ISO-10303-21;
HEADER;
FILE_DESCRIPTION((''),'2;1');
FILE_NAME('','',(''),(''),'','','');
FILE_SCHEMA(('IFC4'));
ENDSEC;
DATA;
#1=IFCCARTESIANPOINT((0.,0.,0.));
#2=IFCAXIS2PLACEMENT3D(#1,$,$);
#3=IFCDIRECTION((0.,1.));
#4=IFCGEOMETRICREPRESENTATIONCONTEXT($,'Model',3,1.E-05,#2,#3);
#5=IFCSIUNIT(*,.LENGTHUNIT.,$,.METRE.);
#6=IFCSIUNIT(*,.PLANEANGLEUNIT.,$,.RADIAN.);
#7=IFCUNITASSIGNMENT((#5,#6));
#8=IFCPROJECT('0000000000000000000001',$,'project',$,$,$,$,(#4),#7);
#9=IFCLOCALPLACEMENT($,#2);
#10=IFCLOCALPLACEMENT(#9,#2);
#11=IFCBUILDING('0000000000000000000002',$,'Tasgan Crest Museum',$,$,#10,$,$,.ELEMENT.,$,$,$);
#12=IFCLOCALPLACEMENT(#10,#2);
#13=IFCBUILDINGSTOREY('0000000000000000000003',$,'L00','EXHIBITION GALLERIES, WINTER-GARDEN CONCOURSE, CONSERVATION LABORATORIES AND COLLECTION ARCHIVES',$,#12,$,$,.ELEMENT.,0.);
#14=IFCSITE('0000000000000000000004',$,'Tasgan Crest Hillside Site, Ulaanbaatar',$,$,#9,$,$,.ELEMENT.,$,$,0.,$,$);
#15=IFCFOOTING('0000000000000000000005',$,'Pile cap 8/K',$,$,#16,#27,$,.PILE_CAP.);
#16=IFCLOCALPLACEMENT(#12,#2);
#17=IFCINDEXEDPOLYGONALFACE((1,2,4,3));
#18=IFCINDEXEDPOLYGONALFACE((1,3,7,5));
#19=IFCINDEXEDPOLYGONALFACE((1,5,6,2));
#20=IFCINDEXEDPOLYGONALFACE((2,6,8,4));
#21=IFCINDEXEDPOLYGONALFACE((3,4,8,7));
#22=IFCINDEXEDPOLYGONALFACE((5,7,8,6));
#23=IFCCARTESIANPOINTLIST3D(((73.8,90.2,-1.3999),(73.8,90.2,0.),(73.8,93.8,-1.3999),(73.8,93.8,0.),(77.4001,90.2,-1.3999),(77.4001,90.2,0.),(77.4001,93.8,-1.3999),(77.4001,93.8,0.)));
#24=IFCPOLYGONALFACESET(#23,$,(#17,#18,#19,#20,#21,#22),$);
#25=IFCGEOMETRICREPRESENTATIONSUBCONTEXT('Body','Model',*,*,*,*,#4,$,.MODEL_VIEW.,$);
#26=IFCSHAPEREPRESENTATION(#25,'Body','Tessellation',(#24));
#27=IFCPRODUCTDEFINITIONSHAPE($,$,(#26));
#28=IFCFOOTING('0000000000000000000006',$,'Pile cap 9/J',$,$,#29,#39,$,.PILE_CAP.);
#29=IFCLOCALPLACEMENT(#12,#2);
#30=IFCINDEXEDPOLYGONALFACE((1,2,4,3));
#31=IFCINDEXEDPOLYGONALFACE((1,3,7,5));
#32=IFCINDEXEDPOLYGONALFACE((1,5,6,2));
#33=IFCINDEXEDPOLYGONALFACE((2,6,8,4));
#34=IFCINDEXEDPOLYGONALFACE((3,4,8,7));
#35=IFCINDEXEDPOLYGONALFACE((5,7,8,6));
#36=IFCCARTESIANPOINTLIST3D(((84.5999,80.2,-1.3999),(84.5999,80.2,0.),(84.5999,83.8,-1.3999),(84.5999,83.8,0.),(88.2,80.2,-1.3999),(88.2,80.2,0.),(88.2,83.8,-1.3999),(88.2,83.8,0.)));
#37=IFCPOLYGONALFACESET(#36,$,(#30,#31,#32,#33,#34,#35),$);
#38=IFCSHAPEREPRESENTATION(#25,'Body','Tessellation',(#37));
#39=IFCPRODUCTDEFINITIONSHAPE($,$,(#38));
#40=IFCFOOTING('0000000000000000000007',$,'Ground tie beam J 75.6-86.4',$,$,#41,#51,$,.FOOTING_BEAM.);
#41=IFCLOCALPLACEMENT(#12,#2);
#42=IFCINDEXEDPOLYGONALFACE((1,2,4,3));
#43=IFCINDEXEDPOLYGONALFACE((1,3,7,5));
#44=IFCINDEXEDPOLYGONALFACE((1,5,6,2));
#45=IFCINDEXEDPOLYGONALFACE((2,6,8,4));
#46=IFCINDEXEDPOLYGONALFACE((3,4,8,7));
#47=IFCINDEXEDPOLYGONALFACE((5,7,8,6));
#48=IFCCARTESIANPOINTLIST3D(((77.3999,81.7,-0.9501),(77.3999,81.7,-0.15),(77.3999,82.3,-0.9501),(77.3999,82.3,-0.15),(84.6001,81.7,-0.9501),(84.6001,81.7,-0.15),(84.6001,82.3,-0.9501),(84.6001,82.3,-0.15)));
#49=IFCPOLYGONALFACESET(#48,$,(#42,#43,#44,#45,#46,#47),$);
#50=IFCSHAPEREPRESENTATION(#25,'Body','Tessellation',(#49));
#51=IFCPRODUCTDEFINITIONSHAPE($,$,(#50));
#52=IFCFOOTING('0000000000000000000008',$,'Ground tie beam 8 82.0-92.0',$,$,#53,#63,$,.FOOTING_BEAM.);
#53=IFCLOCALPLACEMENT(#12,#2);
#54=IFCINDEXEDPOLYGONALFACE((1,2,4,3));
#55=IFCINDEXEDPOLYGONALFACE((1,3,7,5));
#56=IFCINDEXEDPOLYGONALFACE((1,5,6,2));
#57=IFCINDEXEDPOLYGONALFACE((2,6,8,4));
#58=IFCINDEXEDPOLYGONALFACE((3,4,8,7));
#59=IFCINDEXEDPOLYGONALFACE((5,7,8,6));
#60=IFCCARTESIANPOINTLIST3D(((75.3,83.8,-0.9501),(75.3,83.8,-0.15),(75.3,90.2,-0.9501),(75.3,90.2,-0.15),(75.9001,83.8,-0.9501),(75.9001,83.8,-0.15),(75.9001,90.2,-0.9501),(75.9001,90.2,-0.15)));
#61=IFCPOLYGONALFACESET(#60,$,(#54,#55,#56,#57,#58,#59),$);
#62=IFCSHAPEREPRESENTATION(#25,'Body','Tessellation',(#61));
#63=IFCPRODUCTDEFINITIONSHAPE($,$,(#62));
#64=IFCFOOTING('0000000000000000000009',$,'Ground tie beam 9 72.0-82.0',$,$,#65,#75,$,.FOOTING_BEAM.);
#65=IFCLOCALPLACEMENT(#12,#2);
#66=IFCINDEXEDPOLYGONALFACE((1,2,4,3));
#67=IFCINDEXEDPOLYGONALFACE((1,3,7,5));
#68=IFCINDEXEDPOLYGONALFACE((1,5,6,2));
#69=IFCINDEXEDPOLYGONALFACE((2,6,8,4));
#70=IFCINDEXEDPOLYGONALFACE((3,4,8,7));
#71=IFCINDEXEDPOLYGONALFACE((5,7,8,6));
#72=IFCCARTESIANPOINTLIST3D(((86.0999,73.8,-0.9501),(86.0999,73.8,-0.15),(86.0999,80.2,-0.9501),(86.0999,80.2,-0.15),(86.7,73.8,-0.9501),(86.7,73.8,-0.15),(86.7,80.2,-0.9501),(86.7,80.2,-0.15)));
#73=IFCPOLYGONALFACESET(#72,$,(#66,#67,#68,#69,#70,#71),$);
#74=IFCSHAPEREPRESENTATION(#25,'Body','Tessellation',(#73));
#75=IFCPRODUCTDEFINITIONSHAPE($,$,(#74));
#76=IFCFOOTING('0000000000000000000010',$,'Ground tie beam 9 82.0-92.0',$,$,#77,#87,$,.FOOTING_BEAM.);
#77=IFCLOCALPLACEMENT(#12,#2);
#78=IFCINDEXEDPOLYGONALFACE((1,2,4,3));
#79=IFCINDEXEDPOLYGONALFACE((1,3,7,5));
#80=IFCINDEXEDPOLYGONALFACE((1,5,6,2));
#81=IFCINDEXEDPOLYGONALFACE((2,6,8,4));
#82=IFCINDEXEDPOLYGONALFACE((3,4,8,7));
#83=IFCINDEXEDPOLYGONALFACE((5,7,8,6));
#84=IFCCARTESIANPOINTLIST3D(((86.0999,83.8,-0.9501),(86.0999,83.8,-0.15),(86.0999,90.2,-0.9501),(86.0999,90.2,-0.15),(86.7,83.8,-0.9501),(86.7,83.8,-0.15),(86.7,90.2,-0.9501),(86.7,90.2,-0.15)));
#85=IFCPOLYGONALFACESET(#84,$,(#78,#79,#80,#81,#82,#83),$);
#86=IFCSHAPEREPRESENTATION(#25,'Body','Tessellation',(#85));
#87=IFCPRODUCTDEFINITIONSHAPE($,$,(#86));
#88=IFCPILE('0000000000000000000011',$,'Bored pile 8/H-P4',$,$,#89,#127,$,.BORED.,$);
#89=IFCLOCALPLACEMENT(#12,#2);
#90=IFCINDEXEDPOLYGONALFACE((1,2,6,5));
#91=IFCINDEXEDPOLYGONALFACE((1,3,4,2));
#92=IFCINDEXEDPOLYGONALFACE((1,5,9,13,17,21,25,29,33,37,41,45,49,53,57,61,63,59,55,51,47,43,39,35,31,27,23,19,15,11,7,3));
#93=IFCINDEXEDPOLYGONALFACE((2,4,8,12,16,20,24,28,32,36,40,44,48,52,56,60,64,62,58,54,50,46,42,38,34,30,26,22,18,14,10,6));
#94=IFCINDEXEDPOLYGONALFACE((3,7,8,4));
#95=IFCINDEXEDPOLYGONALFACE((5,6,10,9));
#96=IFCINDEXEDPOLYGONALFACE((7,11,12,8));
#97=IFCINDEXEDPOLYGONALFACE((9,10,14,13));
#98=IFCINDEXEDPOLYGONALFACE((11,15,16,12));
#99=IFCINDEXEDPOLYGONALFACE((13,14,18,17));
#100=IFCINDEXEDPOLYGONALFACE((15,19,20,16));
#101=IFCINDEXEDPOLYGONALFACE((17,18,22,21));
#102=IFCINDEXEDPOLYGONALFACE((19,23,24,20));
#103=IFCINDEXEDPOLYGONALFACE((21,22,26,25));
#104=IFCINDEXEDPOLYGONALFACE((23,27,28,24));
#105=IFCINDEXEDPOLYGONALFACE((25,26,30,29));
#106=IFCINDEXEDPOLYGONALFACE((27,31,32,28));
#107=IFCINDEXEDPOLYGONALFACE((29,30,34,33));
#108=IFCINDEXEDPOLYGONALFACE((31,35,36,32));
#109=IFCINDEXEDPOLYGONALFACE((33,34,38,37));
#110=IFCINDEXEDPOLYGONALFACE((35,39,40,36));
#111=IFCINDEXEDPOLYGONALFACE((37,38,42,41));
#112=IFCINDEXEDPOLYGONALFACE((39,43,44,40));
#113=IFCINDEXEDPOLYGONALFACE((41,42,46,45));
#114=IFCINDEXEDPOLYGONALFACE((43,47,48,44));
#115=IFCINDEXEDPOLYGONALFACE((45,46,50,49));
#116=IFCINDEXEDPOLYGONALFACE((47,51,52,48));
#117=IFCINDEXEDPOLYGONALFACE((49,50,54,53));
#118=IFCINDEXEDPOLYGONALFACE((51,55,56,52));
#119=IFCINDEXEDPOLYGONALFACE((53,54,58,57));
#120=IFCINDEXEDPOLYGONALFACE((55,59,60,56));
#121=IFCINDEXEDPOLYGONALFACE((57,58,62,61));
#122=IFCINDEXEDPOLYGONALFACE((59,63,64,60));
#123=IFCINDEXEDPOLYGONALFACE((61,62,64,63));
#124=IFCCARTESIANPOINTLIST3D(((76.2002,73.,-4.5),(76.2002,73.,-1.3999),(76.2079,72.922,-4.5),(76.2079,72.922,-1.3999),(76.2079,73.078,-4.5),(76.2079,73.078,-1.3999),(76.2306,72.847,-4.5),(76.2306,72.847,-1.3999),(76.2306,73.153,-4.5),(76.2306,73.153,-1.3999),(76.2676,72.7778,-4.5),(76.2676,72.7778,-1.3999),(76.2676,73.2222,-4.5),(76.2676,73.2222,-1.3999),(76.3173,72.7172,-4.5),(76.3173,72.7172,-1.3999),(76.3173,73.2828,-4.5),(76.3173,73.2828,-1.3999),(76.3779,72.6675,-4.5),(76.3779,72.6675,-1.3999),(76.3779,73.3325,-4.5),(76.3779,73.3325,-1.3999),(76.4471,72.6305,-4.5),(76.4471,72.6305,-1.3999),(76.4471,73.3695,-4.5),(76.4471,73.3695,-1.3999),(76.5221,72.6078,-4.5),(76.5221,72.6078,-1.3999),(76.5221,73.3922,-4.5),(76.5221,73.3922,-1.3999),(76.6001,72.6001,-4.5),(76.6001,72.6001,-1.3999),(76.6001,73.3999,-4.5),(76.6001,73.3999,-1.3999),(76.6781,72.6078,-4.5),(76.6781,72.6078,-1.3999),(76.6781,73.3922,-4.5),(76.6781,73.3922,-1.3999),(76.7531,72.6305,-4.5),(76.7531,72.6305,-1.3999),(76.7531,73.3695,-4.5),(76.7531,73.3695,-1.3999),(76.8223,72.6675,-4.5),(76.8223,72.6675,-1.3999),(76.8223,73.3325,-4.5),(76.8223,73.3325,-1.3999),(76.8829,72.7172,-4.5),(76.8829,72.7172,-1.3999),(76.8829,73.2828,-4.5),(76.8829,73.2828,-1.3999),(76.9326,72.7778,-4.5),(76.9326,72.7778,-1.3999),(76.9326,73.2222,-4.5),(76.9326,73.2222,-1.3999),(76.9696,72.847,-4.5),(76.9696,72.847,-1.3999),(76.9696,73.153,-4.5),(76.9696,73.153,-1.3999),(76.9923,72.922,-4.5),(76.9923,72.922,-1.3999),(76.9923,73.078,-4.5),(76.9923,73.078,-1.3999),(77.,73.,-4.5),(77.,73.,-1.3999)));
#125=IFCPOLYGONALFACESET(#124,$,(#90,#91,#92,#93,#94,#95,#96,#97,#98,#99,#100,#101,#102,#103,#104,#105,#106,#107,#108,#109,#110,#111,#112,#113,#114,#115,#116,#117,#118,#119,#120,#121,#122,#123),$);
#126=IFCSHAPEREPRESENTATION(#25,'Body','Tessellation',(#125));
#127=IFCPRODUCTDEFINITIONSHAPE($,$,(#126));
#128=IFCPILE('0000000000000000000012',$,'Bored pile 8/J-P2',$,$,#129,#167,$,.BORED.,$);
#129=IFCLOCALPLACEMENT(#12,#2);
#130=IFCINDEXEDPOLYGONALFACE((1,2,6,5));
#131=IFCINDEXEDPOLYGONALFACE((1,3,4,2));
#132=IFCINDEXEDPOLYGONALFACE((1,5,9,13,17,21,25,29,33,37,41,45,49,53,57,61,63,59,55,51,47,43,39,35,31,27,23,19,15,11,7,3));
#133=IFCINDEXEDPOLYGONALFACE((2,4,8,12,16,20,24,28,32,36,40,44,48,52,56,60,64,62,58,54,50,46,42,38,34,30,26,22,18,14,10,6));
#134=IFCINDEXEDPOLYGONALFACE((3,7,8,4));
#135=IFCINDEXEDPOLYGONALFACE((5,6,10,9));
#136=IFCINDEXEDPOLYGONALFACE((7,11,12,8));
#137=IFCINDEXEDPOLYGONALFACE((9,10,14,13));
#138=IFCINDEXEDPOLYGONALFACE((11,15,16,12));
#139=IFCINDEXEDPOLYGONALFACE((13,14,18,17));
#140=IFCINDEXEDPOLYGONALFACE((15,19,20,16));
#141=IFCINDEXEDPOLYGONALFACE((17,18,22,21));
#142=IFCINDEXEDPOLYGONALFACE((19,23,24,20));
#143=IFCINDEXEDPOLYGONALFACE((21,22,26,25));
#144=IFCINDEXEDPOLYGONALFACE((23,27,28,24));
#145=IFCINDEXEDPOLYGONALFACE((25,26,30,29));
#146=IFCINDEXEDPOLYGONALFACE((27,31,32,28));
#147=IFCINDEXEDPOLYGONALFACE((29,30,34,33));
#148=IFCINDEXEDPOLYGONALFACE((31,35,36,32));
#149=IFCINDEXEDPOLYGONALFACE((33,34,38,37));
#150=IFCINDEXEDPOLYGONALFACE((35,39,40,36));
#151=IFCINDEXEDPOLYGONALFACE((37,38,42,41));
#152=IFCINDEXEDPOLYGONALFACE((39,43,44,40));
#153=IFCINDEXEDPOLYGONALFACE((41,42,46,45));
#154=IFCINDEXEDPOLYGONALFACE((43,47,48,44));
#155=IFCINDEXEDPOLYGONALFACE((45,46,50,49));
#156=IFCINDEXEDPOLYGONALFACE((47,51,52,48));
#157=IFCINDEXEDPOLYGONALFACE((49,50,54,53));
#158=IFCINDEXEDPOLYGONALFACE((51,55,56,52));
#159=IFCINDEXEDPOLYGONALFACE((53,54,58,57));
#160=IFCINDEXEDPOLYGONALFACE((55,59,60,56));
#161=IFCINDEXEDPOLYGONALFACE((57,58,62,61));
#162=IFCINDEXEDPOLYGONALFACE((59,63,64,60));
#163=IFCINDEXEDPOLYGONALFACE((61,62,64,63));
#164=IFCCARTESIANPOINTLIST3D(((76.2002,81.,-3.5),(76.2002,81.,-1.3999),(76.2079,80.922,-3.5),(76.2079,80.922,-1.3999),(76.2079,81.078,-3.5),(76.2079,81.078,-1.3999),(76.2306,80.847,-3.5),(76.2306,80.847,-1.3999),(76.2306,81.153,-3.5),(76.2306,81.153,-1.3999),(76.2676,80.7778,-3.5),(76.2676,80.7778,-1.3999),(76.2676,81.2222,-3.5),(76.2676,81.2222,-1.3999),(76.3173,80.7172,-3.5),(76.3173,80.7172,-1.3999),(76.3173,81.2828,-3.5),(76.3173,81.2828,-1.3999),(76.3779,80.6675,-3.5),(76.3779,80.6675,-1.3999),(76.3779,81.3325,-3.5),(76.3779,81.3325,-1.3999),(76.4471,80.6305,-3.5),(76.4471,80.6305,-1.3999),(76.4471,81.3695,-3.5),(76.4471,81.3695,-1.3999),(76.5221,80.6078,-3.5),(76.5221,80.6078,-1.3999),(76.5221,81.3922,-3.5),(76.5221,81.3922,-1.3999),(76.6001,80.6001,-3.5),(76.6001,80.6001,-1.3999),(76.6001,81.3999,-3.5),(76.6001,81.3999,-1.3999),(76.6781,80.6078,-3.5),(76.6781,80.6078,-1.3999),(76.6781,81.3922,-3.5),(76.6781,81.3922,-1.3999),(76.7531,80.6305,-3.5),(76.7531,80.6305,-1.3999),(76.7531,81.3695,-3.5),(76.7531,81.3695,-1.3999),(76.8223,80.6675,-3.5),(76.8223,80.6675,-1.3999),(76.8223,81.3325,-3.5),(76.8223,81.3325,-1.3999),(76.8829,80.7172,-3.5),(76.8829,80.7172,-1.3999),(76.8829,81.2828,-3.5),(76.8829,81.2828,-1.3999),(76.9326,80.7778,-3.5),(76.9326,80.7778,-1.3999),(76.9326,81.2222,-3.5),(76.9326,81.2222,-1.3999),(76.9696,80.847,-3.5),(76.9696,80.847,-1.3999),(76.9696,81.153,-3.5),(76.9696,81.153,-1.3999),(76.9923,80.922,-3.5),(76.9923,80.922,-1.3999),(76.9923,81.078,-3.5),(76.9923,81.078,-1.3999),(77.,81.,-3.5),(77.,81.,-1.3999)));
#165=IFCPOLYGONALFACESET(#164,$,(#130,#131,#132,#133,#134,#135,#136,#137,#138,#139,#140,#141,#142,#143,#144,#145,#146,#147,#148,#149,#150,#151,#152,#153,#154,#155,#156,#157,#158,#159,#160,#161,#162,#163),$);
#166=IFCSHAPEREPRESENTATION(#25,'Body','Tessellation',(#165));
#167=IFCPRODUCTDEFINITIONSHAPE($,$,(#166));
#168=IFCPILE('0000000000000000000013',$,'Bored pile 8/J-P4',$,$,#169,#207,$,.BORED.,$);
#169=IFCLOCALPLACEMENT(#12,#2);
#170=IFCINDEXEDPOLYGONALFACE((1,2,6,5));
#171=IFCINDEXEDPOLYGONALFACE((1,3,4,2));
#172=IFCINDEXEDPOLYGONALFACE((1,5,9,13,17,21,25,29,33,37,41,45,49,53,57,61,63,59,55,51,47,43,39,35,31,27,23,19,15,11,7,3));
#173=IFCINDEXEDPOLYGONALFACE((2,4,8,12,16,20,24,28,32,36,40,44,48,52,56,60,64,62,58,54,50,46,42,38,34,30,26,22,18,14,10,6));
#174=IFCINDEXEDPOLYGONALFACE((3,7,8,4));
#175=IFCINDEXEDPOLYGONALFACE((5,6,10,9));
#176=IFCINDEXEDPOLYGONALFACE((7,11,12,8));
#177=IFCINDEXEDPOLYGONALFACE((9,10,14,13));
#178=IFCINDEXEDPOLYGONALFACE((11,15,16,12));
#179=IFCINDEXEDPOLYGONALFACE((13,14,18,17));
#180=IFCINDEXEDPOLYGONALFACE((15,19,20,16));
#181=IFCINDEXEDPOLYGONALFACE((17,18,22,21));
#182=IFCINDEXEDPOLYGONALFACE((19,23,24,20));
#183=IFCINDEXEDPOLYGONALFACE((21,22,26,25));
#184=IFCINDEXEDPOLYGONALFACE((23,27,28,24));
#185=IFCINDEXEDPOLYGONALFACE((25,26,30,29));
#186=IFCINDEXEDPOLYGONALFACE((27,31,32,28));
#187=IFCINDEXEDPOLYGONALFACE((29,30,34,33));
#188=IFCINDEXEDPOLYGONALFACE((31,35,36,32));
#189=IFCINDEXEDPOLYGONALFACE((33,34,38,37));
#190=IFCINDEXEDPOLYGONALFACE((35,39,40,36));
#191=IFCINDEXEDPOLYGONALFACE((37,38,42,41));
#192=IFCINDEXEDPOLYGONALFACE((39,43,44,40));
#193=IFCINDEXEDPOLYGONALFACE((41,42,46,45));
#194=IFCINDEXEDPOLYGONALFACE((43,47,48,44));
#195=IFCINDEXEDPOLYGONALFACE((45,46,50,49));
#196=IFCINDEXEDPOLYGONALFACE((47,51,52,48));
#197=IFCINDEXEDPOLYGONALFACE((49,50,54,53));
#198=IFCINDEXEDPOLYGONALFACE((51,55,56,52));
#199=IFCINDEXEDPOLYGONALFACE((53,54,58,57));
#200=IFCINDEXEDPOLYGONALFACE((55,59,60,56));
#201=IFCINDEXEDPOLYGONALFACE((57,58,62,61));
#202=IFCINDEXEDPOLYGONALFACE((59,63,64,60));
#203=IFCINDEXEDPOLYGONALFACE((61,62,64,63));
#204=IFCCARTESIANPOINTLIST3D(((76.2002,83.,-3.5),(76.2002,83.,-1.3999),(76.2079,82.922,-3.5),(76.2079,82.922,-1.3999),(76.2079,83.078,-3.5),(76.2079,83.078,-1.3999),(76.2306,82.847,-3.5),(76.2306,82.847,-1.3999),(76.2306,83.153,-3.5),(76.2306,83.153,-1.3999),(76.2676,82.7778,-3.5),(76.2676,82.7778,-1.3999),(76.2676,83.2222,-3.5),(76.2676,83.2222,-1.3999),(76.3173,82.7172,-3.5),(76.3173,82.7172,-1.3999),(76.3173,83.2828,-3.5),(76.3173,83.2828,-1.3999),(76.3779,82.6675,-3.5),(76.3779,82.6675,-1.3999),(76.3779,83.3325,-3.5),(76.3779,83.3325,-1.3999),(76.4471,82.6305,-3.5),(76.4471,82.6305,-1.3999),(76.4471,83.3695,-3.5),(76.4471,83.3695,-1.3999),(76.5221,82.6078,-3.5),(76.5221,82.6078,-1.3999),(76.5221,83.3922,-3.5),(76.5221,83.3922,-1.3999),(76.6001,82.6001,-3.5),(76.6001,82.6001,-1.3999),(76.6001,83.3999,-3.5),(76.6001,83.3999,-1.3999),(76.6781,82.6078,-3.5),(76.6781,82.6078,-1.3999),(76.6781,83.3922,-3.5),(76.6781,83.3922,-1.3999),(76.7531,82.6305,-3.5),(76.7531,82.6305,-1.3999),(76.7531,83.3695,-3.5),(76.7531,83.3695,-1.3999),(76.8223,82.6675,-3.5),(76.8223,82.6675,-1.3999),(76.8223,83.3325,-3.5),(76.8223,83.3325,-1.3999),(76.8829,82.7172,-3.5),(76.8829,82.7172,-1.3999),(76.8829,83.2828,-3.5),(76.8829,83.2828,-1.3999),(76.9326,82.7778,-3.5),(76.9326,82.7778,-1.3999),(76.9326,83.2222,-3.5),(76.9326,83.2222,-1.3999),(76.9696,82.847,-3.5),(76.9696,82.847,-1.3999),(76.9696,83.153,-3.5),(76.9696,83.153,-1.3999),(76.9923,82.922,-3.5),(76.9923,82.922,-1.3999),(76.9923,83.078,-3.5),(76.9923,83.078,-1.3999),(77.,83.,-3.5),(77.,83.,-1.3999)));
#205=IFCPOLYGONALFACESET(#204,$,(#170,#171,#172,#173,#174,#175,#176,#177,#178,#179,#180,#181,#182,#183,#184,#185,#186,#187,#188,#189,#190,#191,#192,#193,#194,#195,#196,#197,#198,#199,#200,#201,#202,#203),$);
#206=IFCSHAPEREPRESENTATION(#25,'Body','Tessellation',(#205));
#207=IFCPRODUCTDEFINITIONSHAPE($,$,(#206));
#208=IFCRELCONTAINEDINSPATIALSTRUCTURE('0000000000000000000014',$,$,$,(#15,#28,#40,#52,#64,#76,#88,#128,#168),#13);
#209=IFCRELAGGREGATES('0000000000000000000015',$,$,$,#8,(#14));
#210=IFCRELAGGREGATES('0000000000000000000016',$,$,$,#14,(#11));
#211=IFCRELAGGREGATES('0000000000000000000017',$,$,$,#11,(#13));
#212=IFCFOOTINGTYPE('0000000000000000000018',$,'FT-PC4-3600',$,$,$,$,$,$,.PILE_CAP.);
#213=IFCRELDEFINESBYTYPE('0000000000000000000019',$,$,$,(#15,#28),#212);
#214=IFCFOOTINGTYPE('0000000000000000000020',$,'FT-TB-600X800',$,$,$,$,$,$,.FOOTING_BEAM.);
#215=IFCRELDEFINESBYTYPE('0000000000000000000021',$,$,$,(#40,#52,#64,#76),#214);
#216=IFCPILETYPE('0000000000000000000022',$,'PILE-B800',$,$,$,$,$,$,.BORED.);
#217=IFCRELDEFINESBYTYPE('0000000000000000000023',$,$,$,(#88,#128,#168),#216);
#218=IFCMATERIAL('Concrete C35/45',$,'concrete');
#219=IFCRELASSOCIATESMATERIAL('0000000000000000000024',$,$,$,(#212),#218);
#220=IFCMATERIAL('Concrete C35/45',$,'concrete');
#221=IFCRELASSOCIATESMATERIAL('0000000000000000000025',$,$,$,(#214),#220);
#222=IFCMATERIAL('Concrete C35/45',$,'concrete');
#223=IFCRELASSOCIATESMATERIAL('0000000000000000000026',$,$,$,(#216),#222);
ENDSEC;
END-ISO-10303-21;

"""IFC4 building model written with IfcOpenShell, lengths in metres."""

from ifc_helpers import new_model, si_unit, direction, frame, origin, origin_2d, place, context, subcontext, project, spatial, rectangle, circle, extrude, material, material_profile, profile_set, type_object, element, save


model = new_model("IFC4")

# Units and contexts
model_context = context("Model", 3, precision=1e-05, world=origin(), true_north=direction((0.0, 1.0)))
body_context = subcontext(model_context, "Body", "Model", "MODEL_VIEW")
ifc_project = project(units=[si_unit("LENGTHUNIT", "METRE"), si_unit("PLANEANGLEUNIT", "RADIAN")], contexts=[model_context])

# Site, building, storey
site_placement = place(None, origin())
site = spatial("IfcSite", under=ifc_project, at=site_placement, Name="Tasgan Crest Hillside Site, Ulaanbaatar", CompositionType="ELEMENT", RefElevation=0.0)
building_placement = place(site_placement, origin())
building = spatial("IfcBuilding", under=site, at=building_placement, Name="Tasgan Crest Museum", CompositionType="ELEMENT")
storey_placement = place(building_placement, origin())
storey = spatial("IfcBuildingStorey", under=building, at=storey_placement, Name="L00", Description="EXHIBITION GALLERIES, WINTER-GARDEN CONCOURSE, CONSERVATION LABORATORIES AND COLLECTION ARCHIVES", CompositionType="ELEMENT", Elevation=0.0)

# Footings
ifc_material_1 = material(Name="Concrete C35/45", Category="concrete")
footing_type_1 = type_object("IfcFootingType", Name="FT-PC4-3600", PredefinedType="PILE_CAP", material=ifc_material_1)
for number, where, z_axis, x_axis, name in (
    (1, (75.6001, 92.0, -1.3999), (0.0, 0.0, 1.0), (1.0, 0.0, 0.0), "Pile cap 8/K"),
    (2, (86.3999, 82.0, -1.3999), (0.0, 0.0, 1.0), (1.0, 0.0, 0.0), "Pile cap 9/J"),
):
    element("IfcFooting", number, at=place(storey_placement, frame(where, z_axis=z_axis, x_axis=x_axis)), inside=storey, type_object=footing_type_1, Name=name, PredefinedType="PILE_CAP", context=body_context, shape_type="SweptSolid", body=[
        extrude(rectangle(XDim=3.6001, YDim=3.6001, at=origin_2d()), origin(), (0.0, 0.0, 1.0), 1.3999),
    ])
ifc_material_2 = material(Name="Concrete C35/45", Category="concrete")
ifc_material_profile_1 = material_profile(ifc_material_2, rectangle(XDim=0.6001, YDim=0.8, at=origin_2d()), Name="TB 600x800")
ifc_profile_set_1 = profile_set([ifc_material_profile_1], Name="Concrete C35/45")
footing_type_2 = type_object("IfcFootingType", Name="FT-TB-600X800", PredefinedType="FOOTING_BEAM", material=ifc_profile_set_1)
footing_placement = place(storey_placement, frame((77.3999, 82.0, -0.55), z_axis=(1.0, 0.0, 0.0), x_axis=(0.0, 1.0, 0.0)))
element("IfcFooting", 3, at=footing_placement, inside=storey, type_object=footing_type_2, Name="Ground tie beam J 75.6-86.4", PredefinedType="FOOTING_BEAM", context=body_context, shape_type="SweptSolid", body=[
    extrude(rectangle(XDim=0.6001, YDim=0.8, at=origin_2d()), origin(), (0.0, 0.0, 1.0), 7.2002),
])
for number, where, z_axis, x_axis, name in (
    (4, (75.6001, 83.8, -0.55), (0.0, 1.0, 0.0), (-1.0, 0.0, 0.0), "Ground tie beam 8 82.0-92.0"),
    (5, (86.3999, 73.8, -0.55), (0.0, 1.0, 0.0), (-1.0, 0.0, 0.0), "Ground tie beam 9 72.0-82.0"),
    (6, (86.3999, 83.8, -0.55), (0.0, 1.0, 0.0), (-1.0, 0.0, 0.0), "Ground tie beam 9 82.0-92.0"),
):
    element("IfcFooting", number, at=place(storey_placement, frame(where, z_axis=z_axis, x_axis=x_axis)), inside=storey, type_object=footing_type_2, Name=name, PredefinedType="FOOTING_BEAM", context=body_context, shape_type="SweptSolid", body=[
        extrude(rectangle(XDim=0.6001, YDim=0.8, at=origin_2d()), origin(), (0.0, 0.0, 1.0), 6.3999),
    ])

# Piles
ifc_material_3 = material(Name="Concrete C35/45", Category="concrete")
ifc_material_profile_2 = material_profile(ifc_material_3, circle(Radius=0.3999, at=origin_2d()), Name="PILE D800")
ifc_profile_set_2 = profile_set([ifc_material_profile_2], Name="Concrete C35/45")
pile_type = type_object("IfcPileType", Name="PILE-B800", PredefinedType="BORED", material=ifc_profile_set_2)
pile_1_placement = place(storey_placement, frame((76.6001, 73.0, -1.3999), z_axis=(0.0, 0.0, -1.0), x_axis=(1.0, 0.0, 0.0)))
element("IfcPile", 7, at=pile_1_placement, inside=storey, type_object=pile_type, Name="Bored pile 8/H-P4", PredefinedType="BORED", context=body_context, shape_type="SweptSolid", body=[
    extrude(circle(Radius=0.3999, at=origin_2d()), origin(), (0.0, 0.0, 1.0), 3.1001),
])
for number, where, z_axis, x_axis, name in (
    (8, (76.6001, 81.0, -1.3999), (0.0, 0.0, -1.0), (1.0, 0.0, 0.0), "Bored pile 8/J-P2"),
    (9, (76.6001, 83.0, -1.3999), (0.0, 0.0, -1.0), (1.0, 0.0, 0.0), "Bored pile 8/J-P4"),
):
    element("IfcPile", number, at=place(storey_placement, frame(where, z_axis=z_axis, x_axis=x_axis)), inside=storey, type_object=pile_type, Name=name, PredefinedType="BORED", context=body_context, shape_type="SweptSolid", body=[
        extrude(circle(Radius=0.3999, at=origin_2d()), origin(), (0.0, 0.0, 1.0), 2.1001),
    ])

save(model, "model.ifc")
